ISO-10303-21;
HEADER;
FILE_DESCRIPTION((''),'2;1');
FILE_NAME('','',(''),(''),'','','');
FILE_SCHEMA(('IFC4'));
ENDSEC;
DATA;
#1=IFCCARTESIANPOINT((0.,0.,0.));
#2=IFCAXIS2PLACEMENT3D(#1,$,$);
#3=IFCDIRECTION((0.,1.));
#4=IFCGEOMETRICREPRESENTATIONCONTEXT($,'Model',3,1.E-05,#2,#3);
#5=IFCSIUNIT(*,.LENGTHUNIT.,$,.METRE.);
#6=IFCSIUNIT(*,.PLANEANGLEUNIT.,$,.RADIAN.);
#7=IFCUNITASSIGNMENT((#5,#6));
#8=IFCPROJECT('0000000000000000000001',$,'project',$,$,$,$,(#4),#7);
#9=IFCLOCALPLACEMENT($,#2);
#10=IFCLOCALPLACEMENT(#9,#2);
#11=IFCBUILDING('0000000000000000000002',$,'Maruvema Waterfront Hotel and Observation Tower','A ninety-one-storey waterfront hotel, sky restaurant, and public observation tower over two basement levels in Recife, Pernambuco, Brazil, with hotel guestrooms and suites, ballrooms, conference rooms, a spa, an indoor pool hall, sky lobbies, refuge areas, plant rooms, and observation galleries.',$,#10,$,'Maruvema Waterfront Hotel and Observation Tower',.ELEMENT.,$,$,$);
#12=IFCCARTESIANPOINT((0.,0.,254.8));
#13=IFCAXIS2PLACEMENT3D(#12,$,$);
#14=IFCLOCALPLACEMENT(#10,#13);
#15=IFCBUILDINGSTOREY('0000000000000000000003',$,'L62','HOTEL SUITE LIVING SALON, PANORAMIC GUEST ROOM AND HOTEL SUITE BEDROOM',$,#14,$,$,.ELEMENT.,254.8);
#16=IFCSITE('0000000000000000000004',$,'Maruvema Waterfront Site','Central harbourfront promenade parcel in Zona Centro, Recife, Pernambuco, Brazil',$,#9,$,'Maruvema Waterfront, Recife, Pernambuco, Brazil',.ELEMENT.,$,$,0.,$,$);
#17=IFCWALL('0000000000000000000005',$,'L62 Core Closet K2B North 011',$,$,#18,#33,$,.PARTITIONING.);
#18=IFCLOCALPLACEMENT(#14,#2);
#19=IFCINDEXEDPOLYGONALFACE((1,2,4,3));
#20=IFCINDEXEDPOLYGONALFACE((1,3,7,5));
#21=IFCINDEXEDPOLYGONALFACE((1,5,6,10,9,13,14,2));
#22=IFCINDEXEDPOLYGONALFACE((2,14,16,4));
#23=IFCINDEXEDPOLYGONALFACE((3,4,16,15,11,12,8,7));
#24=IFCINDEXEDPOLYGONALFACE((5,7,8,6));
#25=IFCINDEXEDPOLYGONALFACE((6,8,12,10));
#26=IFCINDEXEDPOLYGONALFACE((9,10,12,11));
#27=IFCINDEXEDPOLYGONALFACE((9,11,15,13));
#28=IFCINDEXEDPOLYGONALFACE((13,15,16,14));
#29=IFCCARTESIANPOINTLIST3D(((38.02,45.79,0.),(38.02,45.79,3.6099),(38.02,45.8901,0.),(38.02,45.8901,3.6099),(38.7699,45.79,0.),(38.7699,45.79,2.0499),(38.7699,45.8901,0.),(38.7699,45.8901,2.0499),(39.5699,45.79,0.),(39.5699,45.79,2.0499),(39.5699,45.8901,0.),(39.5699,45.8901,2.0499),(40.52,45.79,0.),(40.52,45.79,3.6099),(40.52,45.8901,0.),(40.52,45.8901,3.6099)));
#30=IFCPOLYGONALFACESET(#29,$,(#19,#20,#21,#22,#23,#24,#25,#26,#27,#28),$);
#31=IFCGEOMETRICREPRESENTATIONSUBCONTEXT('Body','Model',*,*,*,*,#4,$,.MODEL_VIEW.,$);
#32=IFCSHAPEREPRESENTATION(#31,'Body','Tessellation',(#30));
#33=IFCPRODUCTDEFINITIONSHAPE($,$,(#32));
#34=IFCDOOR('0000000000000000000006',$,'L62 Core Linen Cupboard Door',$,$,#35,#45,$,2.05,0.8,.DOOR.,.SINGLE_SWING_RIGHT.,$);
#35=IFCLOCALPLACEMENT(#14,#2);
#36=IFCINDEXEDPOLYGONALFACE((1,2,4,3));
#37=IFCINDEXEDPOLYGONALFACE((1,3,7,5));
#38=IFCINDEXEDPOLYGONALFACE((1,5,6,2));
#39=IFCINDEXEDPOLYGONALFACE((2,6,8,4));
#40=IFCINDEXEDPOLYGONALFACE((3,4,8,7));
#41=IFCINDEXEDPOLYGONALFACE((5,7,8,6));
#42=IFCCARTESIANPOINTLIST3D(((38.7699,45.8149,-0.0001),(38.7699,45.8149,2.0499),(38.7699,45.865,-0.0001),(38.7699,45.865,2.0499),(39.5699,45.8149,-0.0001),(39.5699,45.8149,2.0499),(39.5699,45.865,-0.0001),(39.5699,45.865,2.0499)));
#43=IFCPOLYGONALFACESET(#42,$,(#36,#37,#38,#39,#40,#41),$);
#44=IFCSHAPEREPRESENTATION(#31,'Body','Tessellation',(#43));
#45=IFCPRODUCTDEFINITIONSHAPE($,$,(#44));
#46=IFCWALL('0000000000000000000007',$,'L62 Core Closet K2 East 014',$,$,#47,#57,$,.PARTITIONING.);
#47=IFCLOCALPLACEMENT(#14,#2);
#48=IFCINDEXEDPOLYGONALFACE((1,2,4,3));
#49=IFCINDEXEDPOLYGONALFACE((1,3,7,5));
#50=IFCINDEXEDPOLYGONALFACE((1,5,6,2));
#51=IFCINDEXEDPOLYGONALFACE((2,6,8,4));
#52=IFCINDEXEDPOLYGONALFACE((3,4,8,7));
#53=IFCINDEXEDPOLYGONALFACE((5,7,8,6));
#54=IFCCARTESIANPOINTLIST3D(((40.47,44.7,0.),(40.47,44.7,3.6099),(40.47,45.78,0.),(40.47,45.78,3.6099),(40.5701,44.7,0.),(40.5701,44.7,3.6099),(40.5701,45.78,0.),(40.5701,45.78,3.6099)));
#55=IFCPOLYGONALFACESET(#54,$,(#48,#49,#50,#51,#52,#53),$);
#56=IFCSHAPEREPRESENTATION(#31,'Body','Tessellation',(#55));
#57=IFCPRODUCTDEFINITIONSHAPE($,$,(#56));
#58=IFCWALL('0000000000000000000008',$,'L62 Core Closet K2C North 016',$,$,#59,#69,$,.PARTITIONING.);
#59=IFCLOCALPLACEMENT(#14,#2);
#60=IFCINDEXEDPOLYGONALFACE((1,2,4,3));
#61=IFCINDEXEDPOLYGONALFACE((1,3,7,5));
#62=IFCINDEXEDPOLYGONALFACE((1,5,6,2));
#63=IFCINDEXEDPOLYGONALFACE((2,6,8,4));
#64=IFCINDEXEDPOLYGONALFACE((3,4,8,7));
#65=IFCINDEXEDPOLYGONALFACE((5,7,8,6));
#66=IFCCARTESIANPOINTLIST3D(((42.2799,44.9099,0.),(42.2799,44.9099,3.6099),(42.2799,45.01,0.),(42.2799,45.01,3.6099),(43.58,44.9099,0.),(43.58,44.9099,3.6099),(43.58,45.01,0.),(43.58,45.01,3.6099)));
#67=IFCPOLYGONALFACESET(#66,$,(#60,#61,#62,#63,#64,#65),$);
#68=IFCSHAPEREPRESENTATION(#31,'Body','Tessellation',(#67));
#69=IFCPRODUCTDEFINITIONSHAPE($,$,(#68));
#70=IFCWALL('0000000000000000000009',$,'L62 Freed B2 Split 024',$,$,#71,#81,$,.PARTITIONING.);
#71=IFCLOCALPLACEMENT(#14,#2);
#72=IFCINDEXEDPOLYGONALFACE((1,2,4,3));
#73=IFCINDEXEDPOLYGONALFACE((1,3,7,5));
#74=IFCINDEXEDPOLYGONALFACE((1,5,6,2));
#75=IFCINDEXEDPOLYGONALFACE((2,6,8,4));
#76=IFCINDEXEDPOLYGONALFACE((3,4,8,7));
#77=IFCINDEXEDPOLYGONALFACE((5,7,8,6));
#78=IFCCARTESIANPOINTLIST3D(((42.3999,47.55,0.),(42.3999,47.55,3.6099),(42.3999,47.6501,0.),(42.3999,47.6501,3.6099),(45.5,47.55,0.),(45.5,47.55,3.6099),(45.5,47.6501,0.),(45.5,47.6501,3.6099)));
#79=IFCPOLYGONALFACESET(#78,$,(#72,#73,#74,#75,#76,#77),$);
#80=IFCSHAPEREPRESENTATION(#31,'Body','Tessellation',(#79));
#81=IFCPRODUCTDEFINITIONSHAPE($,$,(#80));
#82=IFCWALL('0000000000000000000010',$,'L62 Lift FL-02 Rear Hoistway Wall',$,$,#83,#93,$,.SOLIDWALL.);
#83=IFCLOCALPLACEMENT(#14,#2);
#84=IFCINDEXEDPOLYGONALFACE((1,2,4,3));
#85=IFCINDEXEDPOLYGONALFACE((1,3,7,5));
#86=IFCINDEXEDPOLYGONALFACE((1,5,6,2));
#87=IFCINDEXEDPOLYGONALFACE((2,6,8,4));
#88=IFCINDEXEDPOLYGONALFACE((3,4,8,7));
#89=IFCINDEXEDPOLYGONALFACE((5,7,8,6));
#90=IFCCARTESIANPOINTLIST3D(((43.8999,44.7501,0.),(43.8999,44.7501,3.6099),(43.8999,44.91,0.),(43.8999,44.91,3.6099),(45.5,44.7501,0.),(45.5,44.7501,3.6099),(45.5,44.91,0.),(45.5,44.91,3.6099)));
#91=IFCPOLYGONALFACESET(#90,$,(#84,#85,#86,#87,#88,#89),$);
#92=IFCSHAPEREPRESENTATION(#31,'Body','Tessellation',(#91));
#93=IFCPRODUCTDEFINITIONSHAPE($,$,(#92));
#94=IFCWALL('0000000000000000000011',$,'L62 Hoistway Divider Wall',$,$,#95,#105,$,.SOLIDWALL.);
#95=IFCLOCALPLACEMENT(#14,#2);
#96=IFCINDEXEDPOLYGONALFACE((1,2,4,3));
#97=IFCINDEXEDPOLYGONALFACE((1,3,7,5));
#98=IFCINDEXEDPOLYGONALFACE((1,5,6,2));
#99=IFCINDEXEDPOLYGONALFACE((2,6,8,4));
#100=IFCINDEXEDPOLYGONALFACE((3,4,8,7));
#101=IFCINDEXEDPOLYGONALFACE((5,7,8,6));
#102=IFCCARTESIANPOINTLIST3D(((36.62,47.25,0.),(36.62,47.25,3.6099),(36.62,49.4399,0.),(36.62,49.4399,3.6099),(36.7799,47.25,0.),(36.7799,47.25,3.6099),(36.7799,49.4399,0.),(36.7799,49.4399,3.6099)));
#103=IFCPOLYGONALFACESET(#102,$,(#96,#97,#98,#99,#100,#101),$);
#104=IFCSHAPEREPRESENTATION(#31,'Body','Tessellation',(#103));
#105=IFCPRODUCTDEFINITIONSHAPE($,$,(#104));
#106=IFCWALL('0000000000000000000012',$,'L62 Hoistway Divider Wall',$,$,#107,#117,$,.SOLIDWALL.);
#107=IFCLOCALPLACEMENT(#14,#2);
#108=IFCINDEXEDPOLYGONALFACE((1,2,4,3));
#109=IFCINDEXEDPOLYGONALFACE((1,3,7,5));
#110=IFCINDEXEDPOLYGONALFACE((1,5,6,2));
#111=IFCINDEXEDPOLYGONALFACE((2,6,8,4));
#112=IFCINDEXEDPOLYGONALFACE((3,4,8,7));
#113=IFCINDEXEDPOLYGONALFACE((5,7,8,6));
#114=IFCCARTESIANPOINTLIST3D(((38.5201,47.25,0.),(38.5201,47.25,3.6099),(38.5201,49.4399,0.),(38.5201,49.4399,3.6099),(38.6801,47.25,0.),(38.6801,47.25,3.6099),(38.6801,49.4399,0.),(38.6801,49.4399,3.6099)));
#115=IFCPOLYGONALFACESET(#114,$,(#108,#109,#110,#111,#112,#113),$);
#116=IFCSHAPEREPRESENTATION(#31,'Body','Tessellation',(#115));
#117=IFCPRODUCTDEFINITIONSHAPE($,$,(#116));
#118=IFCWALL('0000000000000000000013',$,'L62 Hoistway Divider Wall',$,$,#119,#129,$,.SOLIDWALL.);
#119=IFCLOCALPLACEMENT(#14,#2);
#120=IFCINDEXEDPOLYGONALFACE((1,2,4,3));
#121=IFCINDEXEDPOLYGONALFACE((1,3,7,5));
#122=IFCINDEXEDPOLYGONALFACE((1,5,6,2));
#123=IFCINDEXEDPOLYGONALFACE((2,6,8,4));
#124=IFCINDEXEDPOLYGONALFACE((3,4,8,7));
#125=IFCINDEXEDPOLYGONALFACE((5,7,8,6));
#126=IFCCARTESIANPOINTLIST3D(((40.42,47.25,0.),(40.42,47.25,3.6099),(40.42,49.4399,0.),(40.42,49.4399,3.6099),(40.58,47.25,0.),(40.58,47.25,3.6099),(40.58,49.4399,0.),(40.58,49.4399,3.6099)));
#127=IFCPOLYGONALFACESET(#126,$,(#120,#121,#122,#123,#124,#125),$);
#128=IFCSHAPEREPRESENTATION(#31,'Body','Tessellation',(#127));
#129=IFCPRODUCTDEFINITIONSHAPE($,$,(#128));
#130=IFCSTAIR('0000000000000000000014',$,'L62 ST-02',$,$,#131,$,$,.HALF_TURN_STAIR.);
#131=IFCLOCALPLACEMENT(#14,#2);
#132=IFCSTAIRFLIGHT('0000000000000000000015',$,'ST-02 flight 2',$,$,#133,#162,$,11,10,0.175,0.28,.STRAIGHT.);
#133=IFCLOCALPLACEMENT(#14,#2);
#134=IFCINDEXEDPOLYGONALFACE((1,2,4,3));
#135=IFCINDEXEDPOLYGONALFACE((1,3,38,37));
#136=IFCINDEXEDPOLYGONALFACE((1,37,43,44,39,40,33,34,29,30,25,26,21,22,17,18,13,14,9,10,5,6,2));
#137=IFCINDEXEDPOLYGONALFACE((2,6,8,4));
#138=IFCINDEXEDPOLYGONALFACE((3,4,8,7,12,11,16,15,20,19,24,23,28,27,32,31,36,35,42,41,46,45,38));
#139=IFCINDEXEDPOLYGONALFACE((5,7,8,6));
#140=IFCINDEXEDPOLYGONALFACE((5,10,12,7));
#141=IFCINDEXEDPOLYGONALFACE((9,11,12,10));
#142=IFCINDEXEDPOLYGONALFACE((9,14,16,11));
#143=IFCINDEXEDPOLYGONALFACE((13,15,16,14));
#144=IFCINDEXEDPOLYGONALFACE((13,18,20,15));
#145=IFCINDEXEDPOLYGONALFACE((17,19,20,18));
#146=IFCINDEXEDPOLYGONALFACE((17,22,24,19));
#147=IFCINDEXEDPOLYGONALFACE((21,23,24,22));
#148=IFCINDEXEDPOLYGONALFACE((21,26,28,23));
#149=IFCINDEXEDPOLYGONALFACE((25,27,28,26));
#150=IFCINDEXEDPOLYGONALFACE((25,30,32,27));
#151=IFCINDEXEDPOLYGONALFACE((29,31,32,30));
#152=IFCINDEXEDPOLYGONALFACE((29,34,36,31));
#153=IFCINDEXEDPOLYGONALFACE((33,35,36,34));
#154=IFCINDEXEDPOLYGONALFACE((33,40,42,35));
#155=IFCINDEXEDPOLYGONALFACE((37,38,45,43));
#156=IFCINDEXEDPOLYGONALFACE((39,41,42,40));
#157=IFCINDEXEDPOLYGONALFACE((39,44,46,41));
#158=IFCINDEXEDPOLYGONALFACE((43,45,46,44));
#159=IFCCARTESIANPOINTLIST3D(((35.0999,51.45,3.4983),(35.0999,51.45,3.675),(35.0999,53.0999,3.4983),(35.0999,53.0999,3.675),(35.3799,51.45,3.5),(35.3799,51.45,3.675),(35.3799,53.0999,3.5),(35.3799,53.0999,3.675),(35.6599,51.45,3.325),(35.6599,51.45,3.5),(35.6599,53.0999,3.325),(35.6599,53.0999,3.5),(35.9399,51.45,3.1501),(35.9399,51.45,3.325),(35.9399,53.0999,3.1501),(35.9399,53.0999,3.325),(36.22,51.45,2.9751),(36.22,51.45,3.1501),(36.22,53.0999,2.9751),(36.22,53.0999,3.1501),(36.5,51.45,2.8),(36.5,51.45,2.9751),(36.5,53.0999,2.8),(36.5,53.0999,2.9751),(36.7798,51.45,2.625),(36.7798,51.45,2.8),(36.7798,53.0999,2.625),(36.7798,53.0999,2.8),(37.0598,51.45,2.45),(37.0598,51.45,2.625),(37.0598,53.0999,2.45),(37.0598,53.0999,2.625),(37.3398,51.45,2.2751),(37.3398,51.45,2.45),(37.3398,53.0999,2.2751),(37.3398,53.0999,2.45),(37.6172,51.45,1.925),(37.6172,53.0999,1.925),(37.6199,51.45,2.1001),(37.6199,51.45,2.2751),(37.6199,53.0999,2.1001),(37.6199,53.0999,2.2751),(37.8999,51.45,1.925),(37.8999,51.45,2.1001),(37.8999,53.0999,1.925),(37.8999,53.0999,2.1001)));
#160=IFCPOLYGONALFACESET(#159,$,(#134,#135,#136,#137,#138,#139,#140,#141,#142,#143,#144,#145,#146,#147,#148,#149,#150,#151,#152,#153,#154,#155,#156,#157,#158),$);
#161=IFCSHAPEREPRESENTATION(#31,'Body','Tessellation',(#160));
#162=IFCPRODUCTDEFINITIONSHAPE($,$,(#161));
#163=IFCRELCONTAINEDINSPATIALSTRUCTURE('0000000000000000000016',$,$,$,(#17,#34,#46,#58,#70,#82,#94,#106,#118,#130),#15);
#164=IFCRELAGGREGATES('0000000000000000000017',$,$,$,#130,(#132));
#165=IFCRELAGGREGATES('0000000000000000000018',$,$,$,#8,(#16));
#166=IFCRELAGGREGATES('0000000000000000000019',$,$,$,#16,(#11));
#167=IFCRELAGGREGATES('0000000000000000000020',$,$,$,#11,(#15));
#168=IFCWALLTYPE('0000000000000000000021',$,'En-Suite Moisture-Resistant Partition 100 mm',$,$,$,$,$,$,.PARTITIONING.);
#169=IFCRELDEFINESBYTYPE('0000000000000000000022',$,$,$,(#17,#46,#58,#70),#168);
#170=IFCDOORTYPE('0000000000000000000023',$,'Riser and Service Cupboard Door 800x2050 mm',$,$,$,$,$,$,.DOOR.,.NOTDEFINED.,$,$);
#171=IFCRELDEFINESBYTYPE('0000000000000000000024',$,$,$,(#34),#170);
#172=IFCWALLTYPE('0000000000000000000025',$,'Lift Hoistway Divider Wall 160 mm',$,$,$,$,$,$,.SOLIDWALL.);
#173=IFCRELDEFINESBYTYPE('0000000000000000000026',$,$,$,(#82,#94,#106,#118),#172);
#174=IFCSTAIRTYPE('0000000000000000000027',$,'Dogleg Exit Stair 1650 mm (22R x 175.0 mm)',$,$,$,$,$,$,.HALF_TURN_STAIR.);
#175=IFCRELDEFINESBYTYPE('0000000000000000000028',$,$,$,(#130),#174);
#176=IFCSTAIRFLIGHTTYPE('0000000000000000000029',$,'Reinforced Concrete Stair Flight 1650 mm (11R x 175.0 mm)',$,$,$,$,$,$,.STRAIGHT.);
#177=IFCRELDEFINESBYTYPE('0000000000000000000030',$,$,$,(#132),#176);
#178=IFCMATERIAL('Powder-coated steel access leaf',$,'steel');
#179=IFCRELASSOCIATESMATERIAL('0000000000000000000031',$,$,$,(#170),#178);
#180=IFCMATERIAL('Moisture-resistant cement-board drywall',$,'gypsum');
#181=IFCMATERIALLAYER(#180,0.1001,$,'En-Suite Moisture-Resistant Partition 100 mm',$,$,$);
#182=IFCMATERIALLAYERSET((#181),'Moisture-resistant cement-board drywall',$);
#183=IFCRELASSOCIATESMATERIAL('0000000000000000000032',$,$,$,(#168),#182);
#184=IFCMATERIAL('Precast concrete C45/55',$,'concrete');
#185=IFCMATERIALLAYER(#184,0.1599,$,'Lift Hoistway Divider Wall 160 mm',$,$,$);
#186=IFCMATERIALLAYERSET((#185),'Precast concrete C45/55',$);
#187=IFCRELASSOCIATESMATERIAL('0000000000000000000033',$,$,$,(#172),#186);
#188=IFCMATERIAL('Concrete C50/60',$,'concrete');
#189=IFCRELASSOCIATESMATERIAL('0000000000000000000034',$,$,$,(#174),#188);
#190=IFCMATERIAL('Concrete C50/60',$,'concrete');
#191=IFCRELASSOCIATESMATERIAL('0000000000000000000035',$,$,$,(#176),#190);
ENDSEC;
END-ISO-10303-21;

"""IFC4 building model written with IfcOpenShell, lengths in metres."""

from ifc_helpers import new_model, si_unit, direction, frame, frame_2d, origin, place, context, subcontext, project, spatial, polyline, rectangle, outline, extrude, material, layer, layer_set, type_object, element, fill, aggregate, save


model = new_model("IFC4")

# Units and contexts
model_context = context("Model", 3, precision=1e-05, world=origin(), true_north=direction((0.0, 1.0)))
body_context = subcontext(model_context, "Body", "Model", "MODEL_VIEW")
ifc_project = project(units=[si_unit("LENGTHUNIT", "METRE"), si_unit("PLANEANGLEUNIT", "RADIAN")], contexts=[model_context])

# Site, building, storey
site_placement = place(None, origin())
site = spatial("IfcSite", under=ifc_project, at=site_placement, Name="Maruvema Waterfront Site", Description="Central harbourfront promenade parcel in Zona Centro, Recife, Pernambuco, Brazil", LongName="Maruvema Waterfront, Recife, Pernambuco, Brazil", CompositionType="ELEMENT", RefElevation=0.0)
building_placement = place(site_placement, origin())
building = spatial("IfcBuilding", under=site, at=building_placement, Name="Maruvema Waterfront Hotel and Observation Tower", Description="A ninety-one-storey waterfront hotel, sky restaurant, and public observation tower over two basement levels in Recife, Pernambuco, Brazil, with hotel guestrooms and suites, ballrooms, conference rooms, a spa, an indoor pool hall, sky lobbies, refuge areas, plant rooms, and observation galleries.", LongName="Maruvema Waterfront Hotel and Observation Tower", CompositionType="ELEMENT")
storey_placement = place(building_placement, frame((0.0, 0.0, 254.8)))
storey = spatial("IfcBuildingStorey", under=building, at=storey_placement, Name="L62", Description="HOTEL SUITE LIVING SALON, PANORAMIC GUEST ROOM AND HOTEL SUITE BEDROOM", CompositionType="ELEMENT", Elevation=254.8)

# Shared definitions
ifc_material_1 = material(Name="Powder-coated steel access leaf", Category="steel")
door_type = type_object("IfcDoorType", Name="Riser and Service Cupboard Door 800x2050 mm", OperationType="NOTDEFINED", PredefinedType="DOOR", material=ifc_material_1)

# Wall, opening, door
ifc_material_2 = material(Name="Moisture-resistant cement-board drywall", Category="gypsum")
ifc_layer_1 = layer(ifc_material_2, 0.1001, Name="En-Suite Moisture-Resistant Partition 100 mm")
ifc_layer_set_1 = layer_set([ifc_layer_1], Name="Moisture-resistant cement-board drywall")
wall_type_1 = type_object("IfcWallType", Name="En-Suite Moisture-Resistant Partition 100 mm", PredefinedType="PARTITIONING", material=ifc_layer_set_1)
wall_1_placement = place(storey_placement, frame((38.02, 45.8401, 0.0), z_axis=(0.0, 0.0, 1.0), x_axis=(1.0, 0.0, 0.0)))
wall_1 = element("IfcWall", 1, at=wall_1_placement, inside=storey, type_object=wall_type_1, Name="L62 Core Closet K2B North 011", PredefinedType="PARTITIONING", context=body_context, shape_type="SweptSolid", body=[
    extrude(rectangle(XDim=2.5, YDim=0.1001, at=frame_2d((1.25, 0.0))), origin(), (0.0, 0.0, 1.0), 3.6099),
])
opening_1_placement = place(wall_1_placement, frame((0.75, 0.0, 0.0)))
opening_1 = element("IfcOpeningElement", 2, at=opening_1_placement, cuts=wall_1, PredefinedType="OPENING", context=body_context, shape_type="SweptSolid", body=[
    extrude(rectangle(XDim=0.8, YDim=2.05, at=frame_2d((0.3999, 1.0249))), frame((0.0, 0.0601, 0.0), z_axis=(0.0, -1.0, 0.0), x_axis=(1.0, 0.0, 0.0)), (0.0, 0.0, 1.0), 0.1201),
])
door_1_placement = place(opening_1_placement, origin())
door_1 = element("IfcDoor", 3, at=door_1_placement, inside=storey, type_object=door_type, Name="L62 Core Linen Cupboard Door", OperationType="SINGLE_SWING_RIGHT", OverallHeight=2.05, OverallWidth=0.8, PredefinedType="DOOR", context=body_context, shape_type="SweptSolid", body=[
    extrude(rectangle(XDim=0.8, YDim=2.05, at=frame_2d((0.3999, 1.0249))), frame((0.0, 0.0249, 0.0), z_axis=(0.0, -1.0, 0.0), x_axis=(1.0, 0.0, 0.0)), (0.0, 0.0, 1.0), 0.05),
])
fill(opening_1, door_1)

# Walls
wall_2_placement = place(storey_placement, frame((40.52, 44.7, 0.0), z_axis=(0.0, 0.0, 1.0), x_axis=(0.0, 1.0, 0.0)))
element("IfcWall", 4, at=wall_2_placement, inside=storey, type_object=wall_type_1, Name="L62 Core Closet K2 East 014", PredefinedType="PARTITIONING", context=body_context, shape_type="SweptSolid", body=[
    extrude(rectangle(XDim=1.0801, YDim=0.1001, at=frame_2d((0.54, 0.0))), origin(), (0.0, 0.0, 1.0), 3.6099),
])
wall_3_placement = place(storey_placement, frame((42.28, 44.96, 0.0), z_axis=(0.0, 0.0, 1.0), x_axis=(1.0, 0.0, 0.0)))
element("IfcWall", 5, at=wall_3_placement, inside=storey, type_object=wall_type_1, Name="L62 Core Closet K2C North 016", PredefinedType="PARTITIONING", context=body_context, shape_type="SweptSolid", body=[
    extrude(rectangle(XDim=1.3, YDim=0.1001, at=frame_2d((0.6499, 0.0))), origin(), (0.0, 0.0, 1.0), 3.6099),
])
wall_4_placement = place(storey_placement, frame((42.3999, 47.6001, 0.0), z_axis=(0.0, 0.0, 1.0), x_axis=(1.0, 0.0, 0.0)))
element("IfcWall", 6, at=wall_4_placement, inside=storey, type_object=wall_type_1, Name="L62 Freed B2 Split 024", PredefinedType="PARTITIONING", context=body_context, shape_type="SweptSolid", body=[
    extrude(rectangle(XDim=3.1001, YDim=0.1001, at=frame_2d((1.55, 0.0))), origin(), (0.0, 0.0, 1.0), 3.6099),
])
ifc_material_3 = material(Name="Precast concrete C45/55", Category="concrete")
ifc_layer_2 = layer(ifc_material_3, 0.1599, Name="Lift Hoistway Divider Wall 160 mm")
ifc_layer_set_2 = layer_set([ifc_layer_2], Name="Precast concrete C45/55")
wall_type_2 = type_object("IfcWallType", Name="Lift Hoistway Divider Wall 160 mm", PredefinedType="SOLIDWALL", material=ifc_layer_set_2)
wall_5_placement = place(storey_placement, frame((43.8999, 44.8301, 0.0), z_axis=(0.0, 0.0, 1.0), x_axis=(1.0, 0.0, 0.0)))
element("IfcWall", 7, at=wall_5_placement, inside=storey, type_object=wall_type_2, Name="L62 Lift FL-02 Rear Hoistway Wall", PredefinedType="SOLIDWALL", context=body_context, shape_type="SweptSolid", body=[
    extrude(rectangle(XDim=1.6001, YDim=0.1599, at=frame_2d((0.8, 0.0))), origin(), (0.0, 0.0, 1.0), 3.6099),
])
for number, where, z_axis, x_axis, name in (
    (8, (36.7, 47.25, 0.0), (0.0, 0.0, 1.0), (0.0, 1.0, 0.0), "L62 Hoistway Divider Wall"),
    (9, (38.6001, 47.25, 0.0), (0.0, 0.0, 1.0), (0.0, 1.0, 0.0), "L62 Hoistway Divider Wall"),
    (10, (40.5, 47.25, 0.0), (0.0, 0.0, 1.0), (0.0, 1.0, 0.0), "L62 Hoistway Divider Wall"),
):
    element("IfcWall", number, at=place(storey_placement, frame(where, z_axis=z_axis, x_axis=x_axis)), inside=storey, type_object=wall_type_2, Name=name, PredefinedType="SOLIDWALL", context=body_context, shape_type="SweptSolid", body=[
        extrude(rectangle(XDim=2.1899, YDim=0.1599, at=frame_2d((1.095, 0.0))), origin(), (0.0, 0.0, 1.0), 3.6099),
    ])

# Stair, stair flight
ifc_material_4 = material(Name="Concrete C50/60", Category="concrete")
stair_type = type_object("IfcStairType", Name="Dogleg Exit Stair 1650 mm (22R x 175.0 mm)", PredefinedType="HALF_TURN_STAIR", material=ifc_material_4)
stair_placement = place(storey_placement, origin())
stair = element("IfcStair", 11, at=stair_placement, inside=storey, type_object=stair_type, Name="L62 ST-02", PredefinedType="HALF_TURN_STAIR")
ifc_material_5 = material(Name="Concrete C50/60", Category="concrete")
stair_flight_type = type_object("IfcStairFlightType", Name="Reinforced Concrete Stair Flight 1650 mm (11R x 175.0 mm)", PredefinedType="STRAIGHT", material=ifc_material_5)
stair_flight_placement = place(storey_placement, frame((37.8999, 52.2749, 1.925), z_axis=(0.0, 0.0, 1.0), x_axis=(-1.0, 0.0, 0.0)))
stair_flight = element("IfcStairFlight", 12, at=stair_flight_placement, type_object=stair_flight_type, Name="ST-02 flight 2", NumberOfRisers=11, NumberOfTreads=10, PredefinedType="STRAIGHT", RiserHeight=0.175, TreadLength=0.28, context=body_context, shape_type="SweptSolid", body=[
    extrude(outline(polyline([(0.0, 0.0), (0.0, 0.175), (0.28, 0.175), (0.28, 0.3501), (0.5601, 0.3501), (0.5601, 0.5249), (0.8401, 0.5249), (0.8401, 0.7), (1.1201, 0.7), (1.1201, 0.875), (1.3999, 0.875), (1.3999, 1.05), (1.6799, 1.05), (1.6799, 1.2251), (1.96, 1.2251), (1.96, 1.3999), (2.24, 1.3999), (2.24, 1.575), (2.52, 1.575), (2.52, 1.75), (2.8, 1.75), (2.8, 1.925), (2.8, 1.5732), (0.2827, 0.0), (0.0, 0.0)])), frame((0.0, 0.825, 0.0), z_axis=(0.0, -1.0, 0.0), x_axis=(1.0, 0.0, 0.0)), (0.0, 0.0, 1.0), 1.6499),
])
aggregate(stair, [stair_flight])

save(model, "model.ifc")
